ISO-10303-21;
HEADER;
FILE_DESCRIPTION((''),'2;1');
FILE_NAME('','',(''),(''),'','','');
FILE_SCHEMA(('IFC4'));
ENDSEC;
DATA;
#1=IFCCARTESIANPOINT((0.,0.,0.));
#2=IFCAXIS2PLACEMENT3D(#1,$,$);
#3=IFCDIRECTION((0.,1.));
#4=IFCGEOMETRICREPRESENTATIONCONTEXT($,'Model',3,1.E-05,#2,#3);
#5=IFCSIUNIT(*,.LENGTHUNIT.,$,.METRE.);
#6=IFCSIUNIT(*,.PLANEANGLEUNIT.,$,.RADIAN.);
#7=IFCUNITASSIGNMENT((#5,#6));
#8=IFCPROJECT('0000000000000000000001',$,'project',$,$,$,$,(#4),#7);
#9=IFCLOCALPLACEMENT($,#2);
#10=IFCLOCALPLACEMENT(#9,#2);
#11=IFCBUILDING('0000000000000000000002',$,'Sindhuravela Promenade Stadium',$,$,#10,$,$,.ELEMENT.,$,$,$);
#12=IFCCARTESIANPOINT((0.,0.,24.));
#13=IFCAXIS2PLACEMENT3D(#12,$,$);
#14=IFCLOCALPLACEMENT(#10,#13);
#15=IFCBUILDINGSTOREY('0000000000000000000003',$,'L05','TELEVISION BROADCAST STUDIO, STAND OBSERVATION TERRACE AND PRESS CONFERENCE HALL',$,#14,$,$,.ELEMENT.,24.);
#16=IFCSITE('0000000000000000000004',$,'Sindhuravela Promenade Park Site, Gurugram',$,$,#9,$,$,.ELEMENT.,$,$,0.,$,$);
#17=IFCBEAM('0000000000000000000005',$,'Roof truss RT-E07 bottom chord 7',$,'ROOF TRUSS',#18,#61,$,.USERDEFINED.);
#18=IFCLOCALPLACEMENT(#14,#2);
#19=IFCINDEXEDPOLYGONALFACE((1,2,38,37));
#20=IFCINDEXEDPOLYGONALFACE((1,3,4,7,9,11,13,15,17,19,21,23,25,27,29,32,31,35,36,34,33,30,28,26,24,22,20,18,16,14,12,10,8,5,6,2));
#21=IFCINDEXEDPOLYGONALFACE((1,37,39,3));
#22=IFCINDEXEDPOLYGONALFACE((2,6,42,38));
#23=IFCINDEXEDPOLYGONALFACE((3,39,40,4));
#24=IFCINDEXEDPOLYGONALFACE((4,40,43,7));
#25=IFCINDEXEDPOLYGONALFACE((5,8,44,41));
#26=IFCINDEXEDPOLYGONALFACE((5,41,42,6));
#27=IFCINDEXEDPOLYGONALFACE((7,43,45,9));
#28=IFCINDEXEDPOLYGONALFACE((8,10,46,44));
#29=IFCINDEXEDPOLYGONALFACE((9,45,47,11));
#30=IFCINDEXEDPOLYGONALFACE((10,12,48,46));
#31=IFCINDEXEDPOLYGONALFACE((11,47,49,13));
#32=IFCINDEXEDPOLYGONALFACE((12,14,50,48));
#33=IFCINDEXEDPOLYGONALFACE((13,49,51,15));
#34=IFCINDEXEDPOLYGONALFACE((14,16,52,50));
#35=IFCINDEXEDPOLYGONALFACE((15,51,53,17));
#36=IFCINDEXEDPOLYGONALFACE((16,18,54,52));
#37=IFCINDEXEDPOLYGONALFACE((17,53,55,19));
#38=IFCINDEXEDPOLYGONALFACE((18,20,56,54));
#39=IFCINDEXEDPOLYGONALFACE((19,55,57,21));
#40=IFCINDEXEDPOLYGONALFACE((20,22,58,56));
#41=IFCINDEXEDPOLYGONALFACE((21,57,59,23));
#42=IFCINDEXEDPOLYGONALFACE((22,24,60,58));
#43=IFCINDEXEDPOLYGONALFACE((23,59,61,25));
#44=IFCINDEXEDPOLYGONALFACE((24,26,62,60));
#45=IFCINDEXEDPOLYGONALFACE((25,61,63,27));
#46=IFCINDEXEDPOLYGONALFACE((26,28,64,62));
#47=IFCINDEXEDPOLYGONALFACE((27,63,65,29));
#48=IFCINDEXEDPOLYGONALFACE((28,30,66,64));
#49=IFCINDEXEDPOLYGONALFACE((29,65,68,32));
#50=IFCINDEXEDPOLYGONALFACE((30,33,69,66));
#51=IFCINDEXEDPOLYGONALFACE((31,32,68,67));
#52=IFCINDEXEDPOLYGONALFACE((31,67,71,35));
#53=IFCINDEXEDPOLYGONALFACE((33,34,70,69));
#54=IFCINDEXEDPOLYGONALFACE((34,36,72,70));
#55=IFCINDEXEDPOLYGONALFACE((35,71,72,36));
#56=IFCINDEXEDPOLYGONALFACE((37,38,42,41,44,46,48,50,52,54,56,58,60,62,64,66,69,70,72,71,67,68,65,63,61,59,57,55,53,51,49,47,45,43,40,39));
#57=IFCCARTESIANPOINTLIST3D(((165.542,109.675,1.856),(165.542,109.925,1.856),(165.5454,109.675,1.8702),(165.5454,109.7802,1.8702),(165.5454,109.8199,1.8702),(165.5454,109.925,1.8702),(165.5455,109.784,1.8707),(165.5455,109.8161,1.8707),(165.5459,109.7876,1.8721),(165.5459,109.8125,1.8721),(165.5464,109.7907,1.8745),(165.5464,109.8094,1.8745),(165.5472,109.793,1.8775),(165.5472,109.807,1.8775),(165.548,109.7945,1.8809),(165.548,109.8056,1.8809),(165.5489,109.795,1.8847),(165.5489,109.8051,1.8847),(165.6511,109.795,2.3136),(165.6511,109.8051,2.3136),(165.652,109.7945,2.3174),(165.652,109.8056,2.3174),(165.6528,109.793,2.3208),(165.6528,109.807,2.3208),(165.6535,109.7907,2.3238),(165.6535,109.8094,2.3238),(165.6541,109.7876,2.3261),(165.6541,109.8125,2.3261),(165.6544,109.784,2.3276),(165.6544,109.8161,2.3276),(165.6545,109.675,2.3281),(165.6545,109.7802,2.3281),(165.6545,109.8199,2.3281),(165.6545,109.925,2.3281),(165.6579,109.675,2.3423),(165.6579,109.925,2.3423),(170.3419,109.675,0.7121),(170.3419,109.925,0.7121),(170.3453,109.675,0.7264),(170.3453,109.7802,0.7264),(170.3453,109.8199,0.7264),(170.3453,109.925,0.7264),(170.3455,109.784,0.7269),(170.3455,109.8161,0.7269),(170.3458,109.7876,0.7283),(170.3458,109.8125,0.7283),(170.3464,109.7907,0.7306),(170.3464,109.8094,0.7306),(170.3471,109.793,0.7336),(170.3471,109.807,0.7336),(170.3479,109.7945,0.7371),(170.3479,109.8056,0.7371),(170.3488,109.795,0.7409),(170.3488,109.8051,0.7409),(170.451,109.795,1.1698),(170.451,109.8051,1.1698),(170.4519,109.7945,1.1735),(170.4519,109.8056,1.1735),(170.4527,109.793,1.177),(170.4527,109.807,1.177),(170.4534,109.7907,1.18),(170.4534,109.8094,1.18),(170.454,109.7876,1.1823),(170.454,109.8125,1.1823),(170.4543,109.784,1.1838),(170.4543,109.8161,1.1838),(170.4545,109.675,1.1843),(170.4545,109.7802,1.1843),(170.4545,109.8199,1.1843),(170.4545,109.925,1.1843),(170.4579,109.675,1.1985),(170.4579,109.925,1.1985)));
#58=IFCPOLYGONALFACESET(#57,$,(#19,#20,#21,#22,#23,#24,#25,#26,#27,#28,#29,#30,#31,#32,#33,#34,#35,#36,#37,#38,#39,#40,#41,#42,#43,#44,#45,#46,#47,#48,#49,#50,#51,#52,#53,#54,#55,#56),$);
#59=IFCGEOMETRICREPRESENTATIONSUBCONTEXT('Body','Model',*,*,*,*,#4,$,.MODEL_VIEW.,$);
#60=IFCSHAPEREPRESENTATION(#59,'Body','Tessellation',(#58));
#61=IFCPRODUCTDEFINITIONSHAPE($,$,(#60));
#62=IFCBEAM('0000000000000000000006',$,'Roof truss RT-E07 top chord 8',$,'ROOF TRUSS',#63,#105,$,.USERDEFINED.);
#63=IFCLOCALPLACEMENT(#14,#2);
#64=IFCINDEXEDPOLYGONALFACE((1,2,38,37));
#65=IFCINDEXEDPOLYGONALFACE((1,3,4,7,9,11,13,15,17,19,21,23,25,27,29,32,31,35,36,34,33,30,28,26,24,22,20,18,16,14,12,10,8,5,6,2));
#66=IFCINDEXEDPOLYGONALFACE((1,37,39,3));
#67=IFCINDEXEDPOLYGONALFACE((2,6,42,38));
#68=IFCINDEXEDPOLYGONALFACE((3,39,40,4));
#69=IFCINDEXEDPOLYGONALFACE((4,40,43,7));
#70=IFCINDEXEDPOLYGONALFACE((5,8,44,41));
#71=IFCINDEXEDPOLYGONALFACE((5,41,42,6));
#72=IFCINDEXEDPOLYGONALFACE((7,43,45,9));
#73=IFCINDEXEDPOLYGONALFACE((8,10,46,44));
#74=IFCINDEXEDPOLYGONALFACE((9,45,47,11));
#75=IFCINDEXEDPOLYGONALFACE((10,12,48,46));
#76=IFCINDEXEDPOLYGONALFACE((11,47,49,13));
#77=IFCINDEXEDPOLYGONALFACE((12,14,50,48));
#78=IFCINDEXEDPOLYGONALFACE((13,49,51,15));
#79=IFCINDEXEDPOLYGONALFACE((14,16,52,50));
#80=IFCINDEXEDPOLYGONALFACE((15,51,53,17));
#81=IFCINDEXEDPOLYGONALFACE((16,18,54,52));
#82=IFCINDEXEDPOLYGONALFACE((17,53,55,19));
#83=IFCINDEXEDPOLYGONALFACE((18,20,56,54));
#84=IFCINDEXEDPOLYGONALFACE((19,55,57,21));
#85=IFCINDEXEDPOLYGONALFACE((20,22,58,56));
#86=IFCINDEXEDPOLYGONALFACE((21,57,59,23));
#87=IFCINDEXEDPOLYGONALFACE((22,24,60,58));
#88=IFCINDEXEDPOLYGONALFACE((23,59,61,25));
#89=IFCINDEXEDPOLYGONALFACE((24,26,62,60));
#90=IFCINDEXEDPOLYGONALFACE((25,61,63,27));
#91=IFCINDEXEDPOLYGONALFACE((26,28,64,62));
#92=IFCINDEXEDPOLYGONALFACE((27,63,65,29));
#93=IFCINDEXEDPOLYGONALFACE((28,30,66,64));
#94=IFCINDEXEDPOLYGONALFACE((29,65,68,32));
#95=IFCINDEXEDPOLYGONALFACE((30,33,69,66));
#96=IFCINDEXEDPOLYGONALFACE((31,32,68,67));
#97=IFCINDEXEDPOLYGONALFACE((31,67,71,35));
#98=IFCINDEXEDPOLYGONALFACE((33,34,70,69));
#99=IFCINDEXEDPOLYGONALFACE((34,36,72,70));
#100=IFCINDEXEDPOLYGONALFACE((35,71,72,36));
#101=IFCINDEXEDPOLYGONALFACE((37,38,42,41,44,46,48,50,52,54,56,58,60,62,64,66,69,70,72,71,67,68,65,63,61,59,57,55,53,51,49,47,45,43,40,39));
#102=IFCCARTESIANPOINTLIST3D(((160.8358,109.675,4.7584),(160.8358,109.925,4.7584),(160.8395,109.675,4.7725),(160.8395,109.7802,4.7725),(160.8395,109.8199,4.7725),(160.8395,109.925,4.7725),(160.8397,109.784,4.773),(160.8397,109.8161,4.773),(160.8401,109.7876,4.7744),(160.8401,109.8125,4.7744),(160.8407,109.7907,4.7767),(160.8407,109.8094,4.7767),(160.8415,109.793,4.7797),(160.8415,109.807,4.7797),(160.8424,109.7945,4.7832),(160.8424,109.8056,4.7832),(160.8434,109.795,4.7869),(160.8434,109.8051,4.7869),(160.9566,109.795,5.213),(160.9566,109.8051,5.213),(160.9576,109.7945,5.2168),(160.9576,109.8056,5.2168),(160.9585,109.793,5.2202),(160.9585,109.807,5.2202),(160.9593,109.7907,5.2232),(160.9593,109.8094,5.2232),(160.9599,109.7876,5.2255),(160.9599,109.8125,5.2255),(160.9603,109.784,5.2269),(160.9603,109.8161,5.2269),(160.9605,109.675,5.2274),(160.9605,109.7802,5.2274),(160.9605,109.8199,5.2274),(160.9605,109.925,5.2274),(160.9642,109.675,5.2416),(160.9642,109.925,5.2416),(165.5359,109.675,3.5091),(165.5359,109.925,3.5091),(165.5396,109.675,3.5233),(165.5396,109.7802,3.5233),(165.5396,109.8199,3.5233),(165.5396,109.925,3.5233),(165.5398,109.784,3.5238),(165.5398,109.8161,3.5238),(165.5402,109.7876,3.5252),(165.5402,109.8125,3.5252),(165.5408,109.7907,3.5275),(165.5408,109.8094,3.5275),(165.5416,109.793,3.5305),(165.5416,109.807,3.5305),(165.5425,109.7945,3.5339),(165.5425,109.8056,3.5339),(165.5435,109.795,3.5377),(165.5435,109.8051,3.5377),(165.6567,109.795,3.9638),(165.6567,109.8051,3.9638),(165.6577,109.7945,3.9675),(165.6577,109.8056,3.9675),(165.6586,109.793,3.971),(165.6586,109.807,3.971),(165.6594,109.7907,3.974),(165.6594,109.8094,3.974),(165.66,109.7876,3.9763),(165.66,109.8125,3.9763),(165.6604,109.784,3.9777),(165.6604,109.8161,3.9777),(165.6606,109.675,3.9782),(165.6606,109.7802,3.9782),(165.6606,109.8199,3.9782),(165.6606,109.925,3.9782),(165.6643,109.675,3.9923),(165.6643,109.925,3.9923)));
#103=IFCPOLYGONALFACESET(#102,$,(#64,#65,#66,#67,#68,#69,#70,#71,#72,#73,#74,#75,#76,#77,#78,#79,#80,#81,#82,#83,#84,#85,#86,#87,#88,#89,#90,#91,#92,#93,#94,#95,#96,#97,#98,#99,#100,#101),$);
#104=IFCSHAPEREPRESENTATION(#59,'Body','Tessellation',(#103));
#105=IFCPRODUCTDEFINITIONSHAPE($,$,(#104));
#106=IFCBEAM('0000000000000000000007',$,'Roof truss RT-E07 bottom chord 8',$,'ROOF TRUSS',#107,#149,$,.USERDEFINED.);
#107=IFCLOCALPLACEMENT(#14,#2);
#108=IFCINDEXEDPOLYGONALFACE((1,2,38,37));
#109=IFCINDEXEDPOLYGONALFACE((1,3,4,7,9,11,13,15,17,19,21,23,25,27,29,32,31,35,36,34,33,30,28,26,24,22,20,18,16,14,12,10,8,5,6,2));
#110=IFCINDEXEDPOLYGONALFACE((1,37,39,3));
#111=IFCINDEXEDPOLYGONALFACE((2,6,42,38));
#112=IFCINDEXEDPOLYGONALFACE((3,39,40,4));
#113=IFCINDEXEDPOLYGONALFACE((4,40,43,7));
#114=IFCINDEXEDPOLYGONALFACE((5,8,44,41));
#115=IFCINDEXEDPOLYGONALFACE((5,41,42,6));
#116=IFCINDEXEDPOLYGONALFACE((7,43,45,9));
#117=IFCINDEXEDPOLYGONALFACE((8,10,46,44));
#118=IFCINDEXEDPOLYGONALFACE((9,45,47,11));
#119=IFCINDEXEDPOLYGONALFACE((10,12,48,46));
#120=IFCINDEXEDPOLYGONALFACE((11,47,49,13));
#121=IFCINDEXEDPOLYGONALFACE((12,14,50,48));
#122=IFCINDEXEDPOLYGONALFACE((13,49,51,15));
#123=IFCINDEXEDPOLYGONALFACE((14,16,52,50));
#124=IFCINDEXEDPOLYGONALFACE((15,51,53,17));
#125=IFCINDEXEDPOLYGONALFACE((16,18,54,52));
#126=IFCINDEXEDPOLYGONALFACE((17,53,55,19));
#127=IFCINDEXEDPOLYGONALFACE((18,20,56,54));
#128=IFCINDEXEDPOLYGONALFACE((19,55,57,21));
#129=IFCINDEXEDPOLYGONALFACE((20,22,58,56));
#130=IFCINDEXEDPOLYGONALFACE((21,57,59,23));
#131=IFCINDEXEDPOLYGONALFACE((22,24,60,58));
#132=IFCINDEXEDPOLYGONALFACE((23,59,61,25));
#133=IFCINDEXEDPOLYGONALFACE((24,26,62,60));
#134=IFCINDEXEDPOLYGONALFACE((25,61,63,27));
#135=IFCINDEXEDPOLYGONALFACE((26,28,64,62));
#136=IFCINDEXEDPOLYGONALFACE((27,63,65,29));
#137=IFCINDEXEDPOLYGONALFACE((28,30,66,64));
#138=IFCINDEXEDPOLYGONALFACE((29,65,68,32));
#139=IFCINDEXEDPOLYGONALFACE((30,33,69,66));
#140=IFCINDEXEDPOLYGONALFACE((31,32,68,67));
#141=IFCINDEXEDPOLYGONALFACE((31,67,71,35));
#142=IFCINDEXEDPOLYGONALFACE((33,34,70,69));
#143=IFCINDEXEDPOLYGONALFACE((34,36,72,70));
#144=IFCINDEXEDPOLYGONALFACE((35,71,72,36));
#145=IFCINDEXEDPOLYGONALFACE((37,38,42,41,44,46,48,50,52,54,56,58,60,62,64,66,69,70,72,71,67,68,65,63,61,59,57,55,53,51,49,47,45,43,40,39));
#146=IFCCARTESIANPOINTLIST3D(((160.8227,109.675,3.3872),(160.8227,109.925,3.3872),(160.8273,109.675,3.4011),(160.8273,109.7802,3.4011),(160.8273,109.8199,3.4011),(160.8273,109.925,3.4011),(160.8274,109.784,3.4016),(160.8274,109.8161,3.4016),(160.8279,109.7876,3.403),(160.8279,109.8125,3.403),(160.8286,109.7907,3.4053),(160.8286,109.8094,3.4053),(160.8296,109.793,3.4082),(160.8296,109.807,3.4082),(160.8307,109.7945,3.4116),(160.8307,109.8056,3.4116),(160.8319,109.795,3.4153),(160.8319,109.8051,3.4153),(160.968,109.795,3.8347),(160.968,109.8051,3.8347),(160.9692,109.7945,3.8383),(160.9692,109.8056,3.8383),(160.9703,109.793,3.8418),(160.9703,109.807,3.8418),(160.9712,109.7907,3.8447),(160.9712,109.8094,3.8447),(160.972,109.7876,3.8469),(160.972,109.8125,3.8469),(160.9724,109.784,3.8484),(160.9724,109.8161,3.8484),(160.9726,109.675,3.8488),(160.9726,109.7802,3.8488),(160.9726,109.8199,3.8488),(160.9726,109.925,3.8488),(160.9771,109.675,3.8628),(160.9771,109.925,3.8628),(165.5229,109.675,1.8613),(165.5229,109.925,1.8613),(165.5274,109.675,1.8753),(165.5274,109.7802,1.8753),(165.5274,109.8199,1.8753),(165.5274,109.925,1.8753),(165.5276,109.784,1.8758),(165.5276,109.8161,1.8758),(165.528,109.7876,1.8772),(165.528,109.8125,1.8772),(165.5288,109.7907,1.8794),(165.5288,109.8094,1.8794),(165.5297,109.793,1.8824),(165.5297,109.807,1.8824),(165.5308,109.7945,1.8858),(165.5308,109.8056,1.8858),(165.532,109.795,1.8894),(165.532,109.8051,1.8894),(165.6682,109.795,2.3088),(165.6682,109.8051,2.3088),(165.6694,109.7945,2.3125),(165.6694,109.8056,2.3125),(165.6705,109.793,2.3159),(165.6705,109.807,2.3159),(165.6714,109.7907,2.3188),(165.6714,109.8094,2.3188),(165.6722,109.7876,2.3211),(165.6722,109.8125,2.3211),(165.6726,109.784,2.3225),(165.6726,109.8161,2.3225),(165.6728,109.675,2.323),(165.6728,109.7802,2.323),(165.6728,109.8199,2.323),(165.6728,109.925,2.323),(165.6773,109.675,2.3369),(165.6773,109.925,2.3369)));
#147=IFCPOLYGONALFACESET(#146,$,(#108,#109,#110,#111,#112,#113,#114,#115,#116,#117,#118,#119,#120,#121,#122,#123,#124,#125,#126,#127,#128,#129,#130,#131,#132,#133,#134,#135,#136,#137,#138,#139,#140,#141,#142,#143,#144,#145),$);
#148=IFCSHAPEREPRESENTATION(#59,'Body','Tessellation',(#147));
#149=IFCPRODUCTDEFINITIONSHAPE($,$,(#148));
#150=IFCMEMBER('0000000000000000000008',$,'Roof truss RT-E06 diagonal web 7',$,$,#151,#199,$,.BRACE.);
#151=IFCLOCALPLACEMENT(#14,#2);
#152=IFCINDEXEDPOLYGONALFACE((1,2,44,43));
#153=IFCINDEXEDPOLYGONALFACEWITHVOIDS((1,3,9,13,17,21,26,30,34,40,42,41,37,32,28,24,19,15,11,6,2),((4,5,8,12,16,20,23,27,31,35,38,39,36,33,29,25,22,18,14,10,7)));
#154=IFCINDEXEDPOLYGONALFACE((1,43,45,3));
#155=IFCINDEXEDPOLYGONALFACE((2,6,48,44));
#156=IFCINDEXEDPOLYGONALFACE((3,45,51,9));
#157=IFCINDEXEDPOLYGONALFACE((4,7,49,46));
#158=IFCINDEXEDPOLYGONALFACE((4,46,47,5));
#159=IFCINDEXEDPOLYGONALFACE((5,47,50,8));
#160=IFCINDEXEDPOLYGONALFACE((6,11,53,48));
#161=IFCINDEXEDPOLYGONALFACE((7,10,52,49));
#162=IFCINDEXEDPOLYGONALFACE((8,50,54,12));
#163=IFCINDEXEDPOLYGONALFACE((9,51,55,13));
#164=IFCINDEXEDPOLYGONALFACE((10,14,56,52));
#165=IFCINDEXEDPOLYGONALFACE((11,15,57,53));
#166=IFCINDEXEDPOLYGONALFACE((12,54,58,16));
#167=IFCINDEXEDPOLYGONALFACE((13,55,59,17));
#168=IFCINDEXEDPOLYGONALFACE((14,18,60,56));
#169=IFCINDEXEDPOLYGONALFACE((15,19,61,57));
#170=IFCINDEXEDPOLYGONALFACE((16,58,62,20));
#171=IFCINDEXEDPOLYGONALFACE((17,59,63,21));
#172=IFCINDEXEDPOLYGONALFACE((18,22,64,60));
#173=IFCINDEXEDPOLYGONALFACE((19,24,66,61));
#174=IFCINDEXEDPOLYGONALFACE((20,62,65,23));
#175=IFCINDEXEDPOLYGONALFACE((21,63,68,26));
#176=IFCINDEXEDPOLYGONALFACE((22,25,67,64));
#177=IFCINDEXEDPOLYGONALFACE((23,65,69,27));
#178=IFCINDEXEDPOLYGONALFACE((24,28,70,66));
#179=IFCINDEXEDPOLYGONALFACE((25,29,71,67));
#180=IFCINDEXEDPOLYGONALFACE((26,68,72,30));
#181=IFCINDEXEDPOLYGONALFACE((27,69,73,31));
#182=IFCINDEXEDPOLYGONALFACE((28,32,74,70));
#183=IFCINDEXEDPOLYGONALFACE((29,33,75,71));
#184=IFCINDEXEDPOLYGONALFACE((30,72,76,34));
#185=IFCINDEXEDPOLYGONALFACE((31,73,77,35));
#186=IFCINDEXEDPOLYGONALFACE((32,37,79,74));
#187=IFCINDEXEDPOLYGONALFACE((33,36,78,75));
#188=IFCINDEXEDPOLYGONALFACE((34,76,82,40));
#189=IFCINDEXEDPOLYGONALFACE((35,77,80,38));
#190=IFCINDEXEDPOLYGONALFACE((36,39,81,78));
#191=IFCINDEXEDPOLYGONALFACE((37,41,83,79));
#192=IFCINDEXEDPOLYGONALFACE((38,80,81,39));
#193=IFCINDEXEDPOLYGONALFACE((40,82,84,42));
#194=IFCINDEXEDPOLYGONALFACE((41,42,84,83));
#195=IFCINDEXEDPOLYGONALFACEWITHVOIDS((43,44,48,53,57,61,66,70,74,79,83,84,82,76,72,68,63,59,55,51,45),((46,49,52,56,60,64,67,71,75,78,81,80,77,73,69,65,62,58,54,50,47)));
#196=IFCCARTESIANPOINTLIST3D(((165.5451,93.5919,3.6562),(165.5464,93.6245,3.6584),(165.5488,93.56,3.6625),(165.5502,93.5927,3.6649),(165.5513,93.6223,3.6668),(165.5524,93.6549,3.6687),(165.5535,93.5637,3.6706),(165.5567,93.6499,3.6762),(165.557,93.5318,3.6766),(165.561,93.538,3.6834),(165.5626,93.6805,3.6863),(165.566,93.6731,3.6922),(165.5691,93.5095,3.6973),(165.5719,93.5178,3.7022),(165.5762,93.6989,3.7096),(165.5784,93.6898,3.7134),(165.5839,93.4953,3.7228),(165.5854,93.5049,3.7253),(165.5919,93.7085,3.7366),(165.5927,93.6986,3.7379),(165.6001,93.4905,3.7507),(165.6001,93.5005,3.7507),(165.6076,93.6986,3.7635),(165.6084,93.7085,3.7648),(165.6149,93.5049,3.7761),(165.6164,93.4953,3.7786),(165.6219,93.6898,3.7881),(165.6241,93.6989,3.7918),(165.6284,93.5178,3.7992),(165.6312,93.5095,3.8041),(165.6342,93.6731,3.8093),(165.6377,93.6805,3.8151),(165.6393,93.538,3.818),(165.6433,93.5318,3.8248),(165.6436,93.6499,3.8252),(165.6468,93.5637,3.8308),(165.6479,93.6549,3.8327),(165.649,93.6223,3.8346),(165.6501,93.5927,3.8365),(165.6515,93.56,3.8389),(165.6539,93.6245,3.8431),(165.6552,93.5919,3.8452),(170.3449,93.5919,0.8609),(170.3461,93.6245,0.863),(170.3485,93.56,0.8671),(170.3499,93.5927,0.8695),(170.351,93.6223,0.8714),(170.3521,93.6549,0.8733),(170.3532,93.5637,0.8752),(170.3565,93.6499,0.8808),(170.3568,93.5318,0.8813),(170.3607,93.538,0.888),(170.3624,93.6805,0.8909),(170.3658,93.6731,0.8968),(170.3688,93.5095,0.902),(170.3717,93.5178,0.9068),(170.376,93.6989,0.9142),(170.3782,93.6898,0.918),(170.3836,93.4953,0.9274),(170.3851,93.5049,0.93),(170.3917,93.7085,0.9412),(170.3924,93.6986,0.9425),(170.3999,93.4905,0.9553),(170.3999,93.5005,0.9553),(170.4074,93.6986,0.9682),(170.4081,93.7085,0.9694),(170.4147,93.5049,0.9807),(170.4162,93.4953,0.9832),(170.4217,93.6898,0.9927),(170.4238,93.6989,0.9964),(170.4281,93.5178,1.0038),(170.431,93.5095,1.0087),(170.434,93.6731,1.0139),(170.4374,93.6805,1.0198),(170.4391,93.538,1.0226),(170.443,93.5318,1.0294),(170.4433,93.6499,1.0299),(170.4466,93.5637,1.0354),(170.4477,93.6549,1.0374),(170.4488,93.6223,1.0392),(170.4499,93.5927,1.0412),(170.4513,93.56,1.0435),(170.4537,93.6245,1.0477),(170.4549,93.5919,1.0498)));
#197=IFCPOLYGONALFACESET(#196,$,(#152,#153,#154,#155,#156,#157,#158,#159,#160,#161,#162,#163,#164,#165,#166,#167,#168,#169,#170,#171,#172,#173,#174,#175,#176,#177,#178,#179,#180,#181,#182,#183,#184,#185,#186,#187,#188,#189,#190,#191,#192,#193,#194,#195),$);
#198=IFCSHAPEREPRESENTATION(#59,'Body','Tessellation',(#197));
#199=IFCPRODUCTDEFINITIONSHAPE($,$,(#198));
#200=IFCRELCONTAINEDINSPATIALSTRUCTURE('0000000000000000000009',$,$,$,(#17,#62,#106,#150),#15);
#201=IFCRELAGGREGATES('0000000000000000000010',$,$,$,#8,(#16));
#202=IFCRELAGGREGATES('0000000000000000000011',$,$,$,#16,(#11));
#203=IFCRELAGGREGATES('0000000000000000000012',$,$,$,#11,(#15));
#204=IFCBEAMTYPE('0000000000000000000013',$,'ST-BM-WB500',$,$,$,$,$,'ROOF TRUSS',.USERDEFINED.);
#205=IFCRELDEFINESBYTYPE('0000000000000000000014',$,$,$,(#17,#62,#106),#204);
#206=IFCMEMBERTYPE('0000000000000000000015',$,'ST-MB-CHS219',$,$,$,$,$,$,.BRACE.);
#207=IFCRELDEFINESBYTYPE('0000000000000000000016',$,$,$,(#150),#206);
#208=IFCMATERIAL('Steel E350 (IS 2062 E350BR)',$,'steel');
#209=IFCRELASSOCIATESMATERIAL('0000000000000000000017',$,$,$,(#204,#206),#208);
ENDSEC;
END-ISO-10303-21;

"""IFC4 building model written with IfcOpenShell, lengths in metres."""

from ifc_helpers import new_model, si_unit, direction, frame, origin, origin_2d, place, context, subcontext, project, spatial, hollow_circle, i_section, extrude, material, material_profile, profile_set, type_object, element, save


model = new_model("IFC4")

# Units and contexts
model_context = context("Model", 3, precision=1e-05, world=origin(), true_north=direction((0.0, 1.0)))
body_context = subcontext(model_context, "Body", "Model", "MODEL_VIEW")
ifc_project = project(units=[si_unit("LENGTHUNIT", "METRE"), si_unit("PLANEANGLEUNIT", "RADIAN")], contexts=[model_context])

# Site, building, storey
site_placement = place(None, origin())
site = spatial("IfcSite", under=ifc_project, at=site_placement, Name="Sindhuravela Promenade Park Site, Gurugram", CompositionType="ELEMENT", RefElevation=0.0)
building_placement = place(site_placement, origin())
building = spatial("IfcBuilding", under=site, at=building_placement, Name="Sindhuravela Promenade Stadium", CompositionType="ELEMENT")
storey_placement = place(building_placement, frame((0.0, 0.0, 24.0)))
storey = spatial("IfcBuildingStorey", under=building, at=storey_placement, Name="L05", Description="TELEVISION BROADCAST STUDIO, STAND OBSERVATION TERRACE AND PRESS CONFERENCE HALL", CompositionType="ELEMENT", Elevation=24.0)

# Beams
ifc_material_1 = material(Name="Steel E350 (IS 2062 E350BR)", Category="steel")
ifc_material_profile_1 = material_profile(ifc_material_1, i_section(OverallWidth=0.25, OverallDepth=0.5, WebThickness=0.01, FlangeThickness=0.0146, FilletRadius=0.0149, at=origin_2d()), Name="ISWB 500")
ifc_profile_set_1 = profile_set([ifc_material_profile_1], Name="Steel E350 (IS 2062 E350BR)")
beam_type = type_object("IfcBeamType", Name="ST-BM-WB500", ElementType="ROOF TRUSS", PredefinedType="USERDEFINED", material=ifc_profile_set_1)
beam_1_placement = place(storey_placement, frame((170.3999, 109.8, 0.9553), z_axis=(-0.972761, 0.0, 0.23181), x_axis=(0.0, -1.0, 0.0)))
element("IfcBeam", 1, at=beam_1_placement, inside=storey, type_object=beam_type, Name="Roof truss RT-E07 bottom chord 7", ObjectType="ROOF TRUSS", PredefinedType="USERDEFINED", context=body_context, shape_type="SweptSolid", body=[
    extrude(i_section(OverallWidth=0.25, OverallDepth=0.5, WebThickness=0.01, FlangeThickness=0.0146, FilletRadius=0.0149, at=origin_2d()), origin(), (0.0, 0.0, 1.0), 4.9343),
])
beam_2_placement = place(storey_placement, frame((165.6001, 109.8, 3.7507), z_axis=(-0.966445, 0.0, 0.256872), x_axis=(0.0, -1.0, 0.0)))
element("IfcBeam", 2, at=beam_2_placement, inside=storey, type_object=beam_type, Name="Roof truss RT-E07 top chord 8", ObjectType="ROOF TRUSS", PredefinedType="USERDEFINED", context=body_context, shape_type="SweptSolid", body=[
    extrude(i_section(OverallWidth=0.25, OverallDepth=0.5, WebThickness=0.01, FlangeThickness=0.0146, FilletRadius=0.0149, at=origin_2d()), origin(), (0.0, 0.0, 1.0), 4.8633),
])
beam_3_placement = place(storey_placement, frame((165.6001, 109.8, 2.0991), z_axis=(-0.951134, 0.0, 0.308778), x_axis=(0.0, -1.0, 0.0)))
element("IfcBeam", 3, at=beam_3_placement, inside=storey, type_object=beam_type, Name="Roof truss RT-E07 bottom chord 8", ObjectType="ROOF TRUSS", PredefinedType="USERDEFINED", context=body_context, shape_type="SweptSolid", body=[
    extrude(i_section(OverallWidth=0.25, OverallDepth=0.5, WebThickness=0.01, FlangeThickness=0.0146, FilletRadius=0.0149, at=origin_2d()), origin(), (0.0, 0.0, 1.0), 4.9417),
])

# Member
ifc_material_profile_2 = material_profile(ifc_material_1, hollow_circle(Radius=0.1096, WallThickness=0.01, at=origin_2d()), Name="CHS 219.1x10")
ifc_profile_set_2 = profile_set([ifc_material_profile_2], Name="Steel E350 (IS 2062 E350BR)")
member_type_1 = type_object("IfcMemberType", Name="ST-MB-CHS219", PredefinedType="BRACE", material=ifc_profile_set_2)
member_1_placement = place(storey_placement, frame((170.3999, 93.6001, 0.9553), z_axis=(-0.864129, 0.0, 0.50327), x_axis=(0.0, -1.0, 0.0)))
element("IfcMember", 4, at=member_1_placement, inside=storey, type_object=member_type_1, Name="Roof truss RT-E06 diagonal web 7", PredefinedType="BRACE", context=body_context, shape_type="SweptSolid", body=[
    extrude(hollow_circle(Radius=0.1096, WallThickness=0.01, at=origin_2d()), origin(), (0.0, 0.0, 1.0), 5.5544),
])

save(model, "model.ifc")
